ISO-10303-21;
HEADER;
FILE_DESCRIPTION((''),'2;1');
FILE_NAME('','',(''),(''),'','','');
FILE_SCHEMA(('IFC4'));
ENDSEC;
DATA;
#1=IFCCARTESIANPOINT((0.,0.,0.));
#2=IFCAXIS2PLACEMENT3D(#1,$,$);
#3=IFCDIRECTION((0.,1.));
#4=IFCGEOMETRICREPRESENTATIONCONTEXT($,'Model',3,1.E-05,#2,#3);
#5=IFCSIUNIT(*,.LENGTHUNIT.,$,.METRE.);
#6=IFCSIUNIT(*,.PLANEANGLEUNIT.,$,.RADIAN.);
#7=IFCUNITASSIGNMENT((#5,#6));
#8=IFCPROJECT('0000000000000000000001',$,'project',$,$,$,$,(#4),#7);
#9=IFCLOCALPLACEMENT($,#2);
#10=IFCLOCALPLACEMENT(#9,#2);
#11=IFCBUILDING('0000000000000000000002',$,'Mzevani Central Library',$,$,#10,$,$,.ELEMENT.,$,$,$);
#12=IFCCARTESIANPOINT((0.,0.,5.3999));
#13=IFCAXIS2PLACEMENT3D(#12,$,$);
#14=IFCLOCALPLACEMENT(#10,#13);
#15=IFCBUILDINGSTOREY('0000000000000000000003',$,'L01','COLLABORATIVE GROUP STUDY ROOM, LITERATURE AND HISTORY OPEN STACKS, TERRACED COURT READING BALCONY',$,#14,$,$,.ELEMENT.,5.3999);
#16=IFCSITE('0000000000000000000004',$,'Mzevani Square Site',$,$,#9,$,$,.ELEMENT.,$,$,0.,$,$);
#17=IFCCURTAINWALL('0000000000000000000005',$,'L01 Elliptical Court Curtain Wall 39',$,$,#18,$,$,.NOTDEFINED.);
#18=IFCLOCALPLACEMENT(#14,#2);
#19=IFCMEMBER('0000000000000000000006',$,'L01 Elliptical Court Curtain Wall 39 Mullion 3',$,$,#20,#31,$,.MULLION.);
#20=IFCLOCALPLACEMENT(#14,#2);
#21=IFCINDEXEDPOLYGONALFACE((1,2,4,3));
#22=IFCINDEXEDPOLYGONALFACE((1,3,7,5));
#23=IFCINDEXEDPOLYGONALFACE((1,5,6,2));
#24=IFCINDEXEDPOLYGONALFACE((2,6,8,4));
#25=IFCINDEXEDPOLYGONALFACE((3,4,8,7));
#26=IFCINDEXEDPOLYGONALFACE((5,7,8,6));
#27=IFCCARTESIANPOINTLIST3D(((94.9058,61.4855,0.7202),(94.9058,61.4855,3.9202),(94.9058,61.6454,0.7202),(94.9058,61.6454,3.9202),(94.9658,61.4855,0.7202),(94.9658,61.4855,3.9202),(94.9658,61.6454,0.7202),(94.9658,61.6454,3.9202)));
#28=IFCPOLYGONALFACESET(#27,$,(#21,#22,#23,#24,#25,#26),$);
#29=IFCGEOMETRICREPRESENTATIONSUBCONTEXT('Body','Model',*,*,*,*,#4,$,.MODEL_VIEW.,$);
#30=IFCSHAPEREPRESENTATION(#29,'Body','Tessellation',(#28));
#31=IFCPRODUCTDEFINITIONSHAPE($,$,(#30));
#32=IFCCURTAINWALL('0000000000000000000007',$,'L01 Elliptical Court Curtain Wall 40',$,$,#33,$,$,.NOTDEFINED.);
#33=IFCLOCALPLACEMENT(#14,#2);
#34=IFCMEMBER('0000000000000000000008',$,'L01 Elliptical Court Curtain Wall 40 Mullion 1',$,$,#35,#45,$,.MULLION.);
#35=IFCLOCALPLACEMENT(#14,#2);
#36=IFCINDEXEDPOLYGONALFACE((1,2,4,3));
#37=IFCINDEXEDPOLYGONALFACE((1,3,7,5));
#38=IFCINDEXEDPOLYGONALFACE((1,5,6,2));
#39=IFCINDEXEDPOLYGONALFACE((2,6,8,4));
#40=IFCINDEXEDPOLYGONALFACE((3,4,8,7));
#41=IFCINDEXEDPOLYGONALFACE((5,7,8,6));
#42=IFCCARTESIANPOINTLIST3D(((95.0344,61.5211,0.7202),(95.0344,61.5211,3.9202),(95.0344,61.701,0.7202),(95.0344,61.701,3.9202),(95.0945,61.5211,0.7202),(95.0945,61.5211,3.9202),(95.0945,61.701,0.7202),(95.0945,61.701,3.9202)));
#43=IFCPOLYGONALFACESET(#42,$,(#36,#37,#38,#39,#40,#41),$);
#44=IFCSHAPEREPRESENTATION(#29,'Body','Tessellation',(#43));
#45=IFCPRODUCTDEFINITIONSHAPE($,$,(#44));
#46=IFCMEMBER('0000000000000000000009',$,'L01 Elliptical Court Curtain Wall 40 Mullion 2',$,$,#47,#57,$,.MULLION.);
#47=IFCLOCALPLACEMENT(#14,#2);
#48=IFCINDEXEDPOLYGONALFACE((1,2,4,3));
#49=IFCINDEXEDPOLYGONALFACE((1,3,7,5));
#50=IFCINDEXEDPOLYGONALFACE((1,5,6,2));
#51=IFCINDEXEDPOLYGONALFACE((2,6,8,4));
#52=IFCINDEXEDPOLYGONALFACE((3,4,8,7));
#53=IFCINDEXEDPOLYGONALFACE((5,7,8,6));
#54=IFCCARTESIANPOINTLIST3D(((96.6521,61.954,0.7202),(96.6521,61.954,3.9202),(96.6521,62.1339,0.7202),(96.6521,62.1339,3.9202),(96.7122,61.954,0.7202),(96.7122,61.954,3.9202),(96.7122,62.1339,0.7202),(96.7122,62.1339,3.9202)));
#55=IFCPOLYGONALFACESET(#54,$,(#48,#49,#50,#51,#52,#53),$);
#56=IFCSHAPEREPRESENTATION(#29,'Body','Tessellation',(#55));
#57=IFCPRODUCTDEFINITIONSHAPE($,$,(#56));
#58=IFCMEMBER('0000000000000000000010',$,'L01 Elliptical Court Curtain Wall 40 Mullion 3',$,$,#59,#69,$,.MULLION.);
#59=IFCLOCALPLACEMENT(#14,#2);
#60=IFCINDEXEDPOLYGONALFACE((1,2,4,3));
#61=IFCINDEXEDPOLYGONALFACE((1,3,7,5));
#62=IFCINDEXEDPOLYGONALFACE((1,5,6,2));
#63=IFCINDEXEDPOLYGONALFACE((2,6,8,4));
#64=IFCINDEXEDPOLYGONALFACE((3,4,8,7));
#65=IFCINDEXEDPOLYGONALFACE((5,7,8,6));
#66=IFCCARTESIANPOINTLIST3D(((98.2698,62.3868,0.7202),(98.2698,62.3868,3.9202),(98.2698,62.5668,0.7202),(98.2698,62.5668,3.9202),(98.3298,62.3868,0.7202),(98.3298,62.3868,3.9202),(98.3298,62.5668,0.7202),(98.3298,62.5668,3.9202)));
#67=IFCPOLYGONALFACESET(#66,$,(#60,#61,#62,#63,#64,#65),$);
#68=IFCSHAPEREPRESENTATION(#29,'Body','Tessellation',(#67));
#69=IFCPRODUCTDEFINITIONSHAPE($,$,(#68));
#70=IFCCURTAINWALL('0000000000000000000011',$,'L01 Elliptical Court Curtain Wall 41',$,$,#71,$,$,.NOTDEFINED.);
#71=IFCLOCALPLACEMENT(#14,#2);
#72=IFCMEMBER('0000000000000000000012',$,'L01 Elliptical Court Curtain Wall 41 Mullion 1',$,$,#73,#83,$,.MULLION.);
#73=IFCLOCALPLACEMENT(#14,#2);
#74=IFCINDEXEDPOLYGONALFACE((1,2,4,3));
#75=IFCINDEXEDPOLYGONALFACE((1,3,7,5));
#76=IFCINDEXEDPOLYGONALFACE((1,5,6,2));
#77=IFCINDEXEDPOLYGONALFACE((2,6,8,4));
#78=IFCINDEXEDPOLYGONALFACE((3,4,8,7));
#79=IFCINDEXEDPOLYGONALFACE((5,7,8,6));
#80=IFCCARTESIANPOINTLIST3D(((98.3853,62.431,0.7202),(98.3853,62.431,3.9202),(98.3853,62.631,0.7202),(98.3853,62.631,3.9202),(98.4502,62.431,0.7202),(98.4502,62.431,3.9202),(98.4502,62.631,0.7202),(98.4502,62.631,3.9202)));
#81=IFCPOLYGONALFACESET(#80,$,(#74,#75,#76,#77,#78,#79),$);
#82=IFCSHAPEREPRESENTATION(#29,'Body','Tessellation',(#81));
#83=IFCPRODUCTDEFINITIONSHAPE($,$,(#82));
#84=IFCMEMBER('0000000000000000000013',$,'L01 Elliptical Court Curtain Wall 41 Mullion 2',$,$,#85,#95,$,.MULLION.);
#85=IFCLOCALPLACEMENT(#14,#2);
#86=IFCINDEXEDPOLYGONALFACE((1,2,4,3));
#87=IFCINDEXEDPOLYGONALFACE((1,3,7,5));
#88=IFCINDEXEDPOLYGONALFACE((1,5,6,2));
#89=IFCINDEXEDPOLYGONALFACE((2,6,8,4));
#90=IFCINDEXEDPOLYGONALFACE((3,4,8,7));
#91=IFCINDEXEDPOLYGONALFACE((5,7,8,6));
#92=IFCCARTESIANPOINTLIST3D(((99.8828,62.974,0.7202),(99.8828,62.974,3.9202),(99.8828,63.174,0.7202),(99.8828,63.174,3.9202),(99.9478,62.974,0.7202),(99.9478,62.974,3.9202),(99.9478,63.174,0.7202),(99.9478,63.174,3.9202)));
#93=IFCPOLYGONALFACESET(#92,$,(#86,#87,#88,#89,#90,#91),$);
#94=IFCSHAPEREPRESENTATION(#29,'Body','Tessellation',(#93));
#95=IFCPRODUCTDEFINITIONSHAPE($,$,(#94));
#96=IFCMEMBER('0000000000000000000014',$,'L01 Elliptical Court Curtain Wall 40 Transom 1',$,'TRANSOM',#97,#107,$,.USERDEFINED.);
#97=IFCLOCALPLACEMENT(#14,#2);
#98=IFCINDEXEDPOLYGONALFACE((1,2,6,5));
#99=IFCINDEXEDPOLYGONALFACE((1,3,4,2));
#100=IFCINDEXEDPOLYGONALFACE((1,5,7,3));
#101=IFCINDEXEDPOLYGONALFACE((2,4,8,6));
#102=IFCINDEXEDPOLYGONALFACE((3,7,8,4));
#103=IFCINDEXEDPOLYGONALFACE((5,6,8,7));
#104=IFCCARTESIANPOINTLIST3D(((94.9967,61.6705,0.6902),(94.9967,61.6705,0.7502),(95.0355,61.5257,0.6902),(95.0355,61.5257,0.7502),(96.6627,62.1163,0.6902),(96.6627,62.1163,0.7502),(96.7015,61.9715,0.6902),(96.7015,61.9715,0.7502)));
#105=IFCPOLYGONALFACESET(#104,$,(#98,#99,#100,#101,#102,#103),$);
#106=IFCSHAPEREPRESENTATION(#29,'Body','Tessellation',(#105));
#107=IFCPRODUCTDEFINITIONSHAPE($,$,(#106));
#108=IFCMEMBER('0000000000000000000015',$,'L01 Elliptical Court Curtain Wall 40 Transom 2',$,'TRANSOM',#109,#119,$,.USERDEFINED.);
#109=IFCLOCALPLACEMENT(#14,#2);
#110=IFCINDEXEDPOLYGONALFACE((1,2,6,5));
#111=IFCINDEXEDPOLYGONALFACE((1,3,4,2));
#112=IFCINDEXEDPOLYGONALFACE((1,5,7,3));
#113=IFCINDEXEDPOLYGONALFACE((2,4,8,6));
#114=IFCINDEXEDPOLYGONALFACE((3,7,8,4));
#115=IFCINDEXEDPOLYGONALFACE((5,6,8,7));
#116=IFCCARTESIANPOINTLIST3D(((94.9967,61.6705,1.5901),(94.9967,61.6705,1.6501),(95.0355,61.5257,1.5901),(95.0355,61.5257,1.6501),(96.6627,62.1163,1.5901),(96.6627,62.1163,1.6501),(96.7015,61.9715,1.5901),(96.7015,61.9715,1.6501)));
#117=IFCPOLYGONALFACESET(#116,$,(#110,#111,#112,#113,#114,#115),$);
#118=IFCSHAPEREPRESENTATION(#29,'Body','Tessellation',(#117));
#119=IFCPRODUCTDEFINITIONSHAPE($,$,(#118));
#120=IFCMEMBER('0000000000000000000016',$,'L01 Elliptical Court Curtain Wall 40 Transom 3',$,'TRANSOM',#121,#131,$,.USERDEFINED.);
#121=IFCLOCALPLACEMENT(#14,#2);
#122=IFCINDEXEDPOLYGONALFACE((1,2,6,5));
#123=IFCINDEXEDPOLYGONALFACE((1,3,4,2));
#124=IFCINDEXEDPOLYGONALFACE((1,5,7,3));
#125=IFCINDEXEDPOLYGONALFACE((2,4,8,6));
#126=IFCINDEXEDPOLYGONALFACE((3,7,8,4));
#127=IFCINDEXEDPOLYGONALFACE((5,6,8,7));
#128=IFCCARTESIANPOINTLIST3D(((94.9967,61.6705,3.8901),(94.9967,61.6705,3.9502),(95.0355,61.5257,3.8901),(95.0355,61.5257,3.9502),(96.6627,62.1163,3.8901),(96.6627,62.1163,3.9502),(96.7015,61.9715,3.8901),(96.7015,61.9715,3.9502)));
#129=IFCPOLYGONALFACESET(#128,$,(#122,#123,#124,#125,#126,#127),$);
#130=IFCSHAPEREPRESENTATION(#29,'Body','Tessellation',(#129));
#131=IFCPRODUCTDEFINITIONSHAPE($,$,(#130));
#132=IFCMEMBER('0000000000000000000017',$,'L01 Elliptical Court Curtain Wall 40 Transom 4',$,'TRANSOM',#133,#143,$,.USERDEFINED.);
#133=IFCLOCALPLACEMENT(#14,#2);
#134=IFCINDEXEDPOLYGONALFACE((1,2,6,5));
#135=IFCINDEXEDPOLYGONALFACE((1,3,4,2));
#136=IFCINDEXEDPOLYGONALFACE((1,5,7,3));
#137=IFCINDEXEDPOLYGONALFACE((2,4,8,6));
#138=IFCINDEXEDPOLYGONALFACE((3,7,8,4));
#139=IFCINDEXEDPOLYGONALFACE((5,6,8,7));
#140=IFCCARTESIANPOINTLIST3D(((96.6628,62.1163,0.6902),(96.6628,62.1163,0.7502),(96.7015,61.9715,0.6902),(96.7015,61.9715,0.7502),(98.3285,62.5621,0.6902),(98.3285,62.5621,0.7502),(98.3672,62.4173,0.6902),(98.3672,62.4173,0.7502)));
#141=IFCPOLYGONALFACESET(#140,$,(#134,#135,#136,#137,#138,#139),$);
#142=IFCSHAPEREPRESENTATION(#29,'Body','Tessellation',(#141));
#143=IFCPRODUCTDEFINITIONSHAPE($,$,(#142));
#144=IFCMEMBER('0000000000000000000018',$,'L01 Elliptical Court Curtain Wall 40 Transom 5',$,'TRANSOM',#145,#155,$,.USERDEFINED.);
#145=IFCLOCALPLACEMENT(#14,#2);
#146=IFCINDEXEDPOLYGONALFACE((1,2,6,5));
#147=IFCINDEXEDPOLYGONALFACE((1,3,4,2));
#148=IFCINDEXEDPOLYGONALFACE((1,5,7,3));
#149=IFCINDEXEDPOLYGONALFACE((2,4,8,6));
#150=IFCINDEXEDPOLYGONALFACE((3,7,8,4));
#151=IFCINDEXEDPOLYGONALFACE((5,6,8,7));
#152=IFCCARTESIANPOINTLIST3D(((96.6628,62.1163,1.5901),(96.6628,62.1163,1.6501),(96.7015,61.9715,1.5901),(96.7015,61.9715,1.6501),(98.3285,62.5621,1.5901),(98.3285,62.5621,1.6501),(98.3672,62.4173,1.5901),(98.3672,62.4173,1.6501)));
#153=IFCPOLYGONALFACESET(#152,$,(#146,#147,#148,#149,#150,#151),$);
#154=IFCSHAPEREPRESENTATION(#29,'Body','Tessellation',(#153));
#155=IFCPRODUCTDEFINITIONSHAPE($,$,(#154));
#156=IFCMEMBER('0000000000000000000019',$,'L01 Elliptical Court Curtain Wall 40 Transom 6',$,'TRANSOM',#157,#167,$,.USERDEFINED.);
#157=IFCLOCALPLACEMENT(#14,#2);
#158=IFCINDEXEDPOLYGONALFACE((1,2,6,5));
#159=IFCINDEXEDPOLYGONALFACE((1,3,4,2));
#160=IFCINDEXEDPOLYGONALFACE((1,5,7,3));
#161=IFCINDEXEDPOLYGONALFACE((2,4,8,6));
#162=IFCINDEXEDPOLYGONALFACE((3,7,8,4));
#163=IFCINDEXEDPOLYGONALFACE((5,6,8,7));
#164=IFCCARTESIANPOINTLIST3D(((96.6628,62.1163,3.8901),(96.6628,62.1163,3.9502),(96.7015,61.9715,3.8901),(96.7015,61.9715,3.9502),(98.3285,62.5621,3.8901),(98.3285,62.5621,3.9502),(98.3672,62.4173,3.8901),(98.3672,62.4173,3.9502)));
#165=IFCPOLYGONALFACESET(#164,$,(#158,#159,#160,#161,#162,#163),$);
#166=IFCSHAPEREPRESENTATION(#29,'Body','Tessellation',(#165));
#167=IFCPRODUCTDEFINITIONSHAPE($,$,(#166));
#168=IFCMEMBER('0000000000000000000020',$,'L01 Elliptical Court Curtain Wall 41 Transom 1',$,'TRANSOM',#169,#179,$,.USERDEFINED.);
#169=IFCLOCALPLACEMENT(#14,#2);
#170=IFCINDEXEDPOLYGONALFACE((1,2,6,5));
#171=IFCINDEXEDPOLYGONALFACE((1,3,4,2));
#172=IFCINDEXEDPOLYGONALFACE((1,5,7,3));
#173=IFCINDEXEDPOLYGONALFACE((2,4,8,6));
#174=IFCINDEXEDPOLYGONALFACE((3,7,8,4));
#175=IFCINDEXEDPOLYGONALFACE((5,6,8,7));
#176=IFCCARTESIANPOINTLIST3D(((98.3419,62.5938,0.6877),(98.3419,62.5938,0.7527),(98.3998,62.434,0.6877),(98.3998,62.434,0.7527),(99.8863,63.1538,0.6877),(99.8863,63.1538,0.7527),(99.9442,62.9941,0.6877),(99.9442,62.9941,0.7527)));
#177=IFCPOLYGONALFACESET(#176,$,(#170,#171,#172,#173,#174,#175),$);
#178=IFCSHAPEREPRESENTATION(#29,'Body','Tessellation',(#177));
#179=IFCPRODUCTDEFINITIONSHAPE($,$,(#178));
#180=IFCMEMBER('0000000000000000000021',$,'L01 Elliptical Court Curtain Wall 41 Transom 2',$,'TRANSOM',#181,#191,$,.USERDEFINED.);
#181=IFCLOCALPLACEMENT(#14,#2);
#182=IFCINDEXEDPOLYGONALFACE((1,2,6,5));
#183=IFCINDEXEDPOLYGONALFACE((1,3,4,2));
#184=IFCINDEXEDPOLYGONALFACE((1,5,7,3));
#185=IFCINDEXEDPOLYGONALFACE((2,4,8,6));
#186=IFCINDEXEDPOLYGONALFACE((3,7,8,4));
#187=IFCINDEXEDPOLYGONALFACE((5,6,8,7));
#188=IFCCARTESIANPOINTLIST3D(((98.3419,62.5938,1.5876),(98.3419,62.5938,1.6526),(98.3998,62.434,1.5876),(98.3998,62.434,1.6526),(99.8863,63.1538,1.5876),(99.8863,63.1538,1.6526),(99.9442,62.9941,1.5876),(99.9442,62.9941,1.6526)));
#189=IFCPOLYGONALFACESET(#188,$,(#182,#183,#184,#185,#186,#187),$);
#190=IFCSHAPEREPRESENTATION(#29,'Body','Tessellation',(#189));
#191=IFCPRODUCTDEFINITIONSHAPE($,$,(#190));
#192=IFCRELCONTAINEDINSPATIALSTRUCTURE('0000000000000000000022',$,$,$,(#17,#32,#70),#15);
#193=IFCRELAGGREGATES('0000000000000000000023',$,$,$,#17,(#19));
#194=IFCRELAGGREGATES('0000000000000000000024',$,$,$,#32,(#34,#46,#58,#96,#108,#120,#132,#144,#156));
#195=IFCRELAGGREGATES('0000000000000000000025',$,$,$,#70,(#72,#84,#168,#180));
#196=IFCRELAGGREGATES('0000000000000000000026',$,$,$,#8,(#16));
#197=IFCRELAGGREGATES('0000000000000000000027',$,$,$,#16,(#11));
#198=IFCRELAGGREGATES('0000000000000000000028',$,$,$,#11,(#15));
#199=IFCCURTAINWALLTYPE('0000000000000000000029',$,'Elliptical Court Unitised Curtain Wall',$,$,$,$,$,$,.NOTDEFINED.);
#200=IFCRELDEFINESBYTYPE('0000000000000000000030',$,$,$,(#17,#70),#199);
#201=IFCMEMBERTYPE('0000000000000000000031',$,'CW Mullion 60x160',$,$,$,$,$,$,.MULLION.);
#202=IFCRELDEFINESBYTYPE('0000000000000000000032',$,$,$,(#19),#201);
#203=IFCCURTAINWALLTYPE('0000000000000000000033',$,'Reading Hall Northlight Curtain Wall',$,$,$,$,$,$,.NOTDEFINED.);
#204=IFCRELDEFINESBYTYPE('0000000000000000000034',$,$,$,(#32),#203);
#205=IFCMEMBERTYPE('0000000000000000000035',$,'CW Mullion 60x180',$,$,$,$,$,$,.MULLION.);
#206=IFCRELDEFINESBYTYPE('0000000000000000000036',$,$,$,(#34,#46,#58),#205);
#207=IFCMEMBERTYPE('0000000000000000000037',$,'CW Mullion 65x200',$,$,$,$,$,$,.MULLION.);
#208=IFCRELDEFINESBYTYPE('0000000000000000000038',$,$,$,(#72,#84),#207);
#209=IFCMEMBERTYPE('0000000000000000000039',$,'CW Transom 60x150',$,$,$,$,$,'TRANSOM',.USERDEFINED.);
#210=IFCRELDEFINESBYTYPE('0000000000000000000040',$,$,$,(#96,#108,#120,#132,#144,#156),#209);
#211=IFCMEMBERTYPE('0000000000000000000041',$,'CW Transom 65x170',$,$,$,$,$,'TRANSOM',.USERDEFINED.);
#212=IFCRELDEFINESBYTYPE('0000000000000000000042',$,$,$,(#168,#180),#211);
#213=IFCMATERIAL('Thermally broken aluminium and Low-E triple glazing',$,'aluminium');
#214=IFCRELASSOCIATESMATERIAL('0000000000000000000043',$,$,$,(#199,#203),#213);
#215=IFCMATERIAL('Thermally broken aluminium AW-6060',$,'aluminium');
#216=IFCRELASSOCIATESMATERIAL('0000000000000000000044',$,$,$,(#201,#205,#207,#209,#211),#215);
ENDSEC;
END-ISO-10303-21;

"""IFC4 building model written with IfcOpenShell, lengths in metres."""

from ifc_helpers import new_model, si_unit, direction, frame, origin, origin_2d, place, context, subcontext, project, spatial, rectangle, extrude, material, material_profile, profile_set, type_object, element, aggregate, save


model = new_model("IFC4")

# Units and contexts
model_context = context("Model", 3, precision=1e-05, world=origin(), true_north=direction((0.0, 1.0)))
body_context = subcontext(model_context, "Body", "Model", "MODEL_VIEW")
ifc_project = project(units=[si_unit("LENGTHUNIT", "METRE"), si_unit("PLANEANGLEUNIT", "RADIAN")], contexts=[model_context])

# Site, building, storey
site_placement = place(None, origin())
site = spatial("IfcSite", under=ifc_project, at=site_placement, Name="Mzevani Square Site", CompositionType="ELEMENT", RefElevation=0.0)
building_placement = place(site_placement, origin())
building = spatial("IfcBuilding", under=site, at=building_placement, Name="Mzevani Central Library", CompositionType="ELEMENT")
storey_placement = place(building_placement, frame((0.0, 0.0, 5.3999)))
storey = spatial("IfcBuildingStorey", under=building, at=storey_placement, Name="L01", Description="COLLABORATIVE GROUP STUDY ROOM, LITERATURE AND HISTORY OPEN STACKS, TERRACED COURT READING BALCONY", CompositionType="ELEMENT", Elevation=5.3999)

# Curtain wall, member
ifc_material_1 = material(Name="Thermally broken aluminium and Low-E triple glazing", Category="aluminium")
curtain_wall_type_1 = type_object("IfcCurtainWallType", Name="Elliptical Court Unitised Curtain Wall", PredefinedType="NOTDEFINED", material=ifc_material_1)
curtain_wall_1_placement = place(storey_placement, origin())
curtain_wall_1 = element("IfcCurtainWall", 1, at=curtain_wall_1_placement, inside=storey, type_object=curtain_wall_type_1, Name="L01 Elliptical Court Curtain Wall 39", PredefinedType="NOTDEFINED")
ifc_material_2 = material(Name="Thermally broken aluminium AW-6060", Category="aluminium")
ifc_material_profile_1 = material_profile(ifc_material_2, rectangle(XDim=0.0601, YDim=0.1599, at=origin_2d()), Name="ALU M60x160")
ifc_profile_set_1 = profile_set([ifc_material_profile_1], Name="Thermally broken aluminium AW-6060")
member_type_1 = type_object("IfcMemberType", Name="CW Mullion 60x160", PredefinedType="MULLION", material=ifc_profile_set_1)
member_1_placement = place(storey_placement, frame((94.9358, 61.5654, 0.7202), z_axis=(0.0, 0.0, 1.0), x_axis=(1.0, 0.0, 0.0)))
member_1 = element("IfcMember", 2, at=member_1_placement, type_object=member_type_1, Name="L01 Elliptical Court Curtain Wall 39 Mullion 3", PredefinedType="MULLION", context=body_context, shape_type="SweptSolid", body=[
    extrude(rectangle(XDim=0.0601, YDim=0.1599, at=origin_2d()), origin(), (0.0, 0.0, 1.0), 3.2),
])
aggregate(curtain_wall_1, [member_1])

# Curtain walls, members
curtain_wall_type_2 = type_object("IfcCurtainWallType", Name="Reading Hall Northlight Curtain Wall", PredefinedType="NOTDEFINED", material=ifc_material_1)
curtain_wall_2_placement = place(storey_placement, origin())
curtain_wall_2 = element("IfcCurtainWall", 3, at=curtain_wall_2_placement, inside=storey, type_object=curtain_wall_type_2, Name="L01 Elliptical Court Curtain Wall 40", PredefinedType="NOTDEFINED")
ifc_material_profile_2 = material_profile(ifc_material_2, rectangle(XDim=0.0601, YDim=0.1799, at=origin_2d()), Name="ALU M60x180")
ifc_profile_set_2 = profile_set([ifc_material_profile_2], Name="Thermally broken aluminium AW-6060")
member_type_2 = type_object("IfcMemberType", Name="CW Mullion 60x180", PredefinedType="MULLION", material=ifc_profile_set_2)
member_2_placement = place(storey_placement, frame((95.0645, 61.6111, 0.7202), z_axis=(0.0, 0.0, 1.0), x_axis=(1.0, 0.0, 0.0)))
member_2 = element("IfcMember", 4, at=member_2_placement, type_object=member_type_2, Name="L01 Elliptical Court Curtain Wall 40 Mullion 1", PredefinedType="MULLION", context=body_context, shape_type="SweptSolid", body=[
    extrude(rectangle(XDim=0.0601, YDim=0.1799, at=origin_2d()), origin(), (0.0, 0.0, 1.0), 3.2),
])
member_3_placement = place(storey_placement, frame((96.6821, 62.0439, 0.7202), z_axis=(0.0, 0.0, 1.0), x_axis=(1.0, 0.0, 0.0)))
member_3 = element("IfcMember", 5, at=member_3_placement, type_object=member_type_2, Name="L01 Elliptical Court Curtain Wall 40 Mullion 2", PredefinedType="MULLION", context=body_context, shape_type="SweptSolid", body=[
    extrude(rectangle(XDim=0.0601, YDim=0.1799, at=origin_2d()), origin(), (0.0, 0.0, 1.0), 3.2),
])
member_4_placement = place(storey_placement, frame((98.2998, 62.4768, 0.7202), z_axis=(0.0, 0.0, 1.0), x_axis=(1.0, 0.0, 0.0)))
member_4 = element("IfcMember", 6, at=member_4_placement, type_object=member_type_2, Name="L01 Elliptical Court Curtain Wall 40 Mullion 3", PredefinedType="MULLION", context=body_context, shape_type="SweptSolid", body=[
    extrude(rectangle(XDim=0.0601, YDim=0.1799, at=origin_2d()), origin(), (0.0, 0.0, 1.0), 3.2),
])
curtain_wall_3_placement = place(storey_placement, origin())
curtain_wall_3 = element("IfcCurtainWall", 7, at=curtain_wall_3_placement, inside=storey, type_object=curtain_wall_type_1, Name="L01 Elliptical Court Curtain Wall 41", PredefinedType="NOTDEFINED")
ifc_material_profile_3 = material_profile(ifc_material_2, rectangle(XDim=0.0649, YDim=0.2, at=origin_2d()), Name="ALU M65x200")
ifc_profile_set_3 = profile_set([ifc_material_profile_3], Name="Thermally broken aluminium AW-6060")
member_type_3 = type_object("IfcMemberType", Name="CW Mullion 65x200", PredefinedType="MULLION", material=ifc_profile_set_3)
member_5_placement = place(storey_placement, frame((98.4177, 62.531, 0.7202), z_axis=(0.0, 0.0, 1.0), x_axis=(1.0, 0.0, 0.0)))
member_5 = element("IfcMember", 8, at=member_5_placement, type_object=member_type_3, Name="L01 Elliptical Court Curtain Wall 41 Mullion 1", PredefinedType="MULLION", context=body_context, shape_type="SweptSolid", body=[
    extrude(rectangle(XDim=0.0649, YDim=0.2, at=origin_2d()), origin(), (0.0, 0.0, 1.0), 3.2),
])
member_6_placement = place(storey_placement, frame((99.9153, 63.074, 0.7202), z_axis=(0.0, 0.0, 1.0), x_axis=(1.0, 0.0, 0.0)))
member_6 = element("IfcMember", 9, at=member_6_placement, type_object=member_type_3, Name="L01 Elliptical Court Curtain Wall 41 Mullion 2", PredefinedType="MULLION", context=body_context, shape_type="SweptSolid", body=[
    extrude(rectangle(XDim=0.0649, YDim=0.2, at=origin_2d()), origin(), (0.0, 0.0, 1.0), 3.2),
])

# Members
ifc_material_profile_4 = material_profile(ifc_material_2, rectangle(XDim=0.1499, YDim=0.0601, at=origin_2d()), Name="ALU T60x150")
ifc_profile_set_4 = profile_set([ifc_material_profile_4], Name="Thermally broken aluminium AW-6060")
member_type_4 = type_object("IfcMemberType", Name="CW Transom 60x150", ElementType="TRANSOM", PredefinedType="USERDEFINED", material=ifc_profile_set_4)
member_7_placement = place(storey_placement, frame((95.0161, 61.5981, 0.7202), z_axis=(0.966014, 0.258491, 0.0), x_axis=(-0.258491, 0.966014, 0.0)))
member_7 = element("IfcMember", 10, at=member_7_placement, type_object=member_type_4, Name="L01 Elliptical Court Curtain Wall 40 Transom 1", ObjectType="TRANSOM", PredefinedType="USERDEFINED", context=body_context, shape_type="SweptSolid", body=[
    extrude(rectangle(XDim=0.1499, YDim=0.0601, at=origin_2d()), origin(), (0.0, 0.0, 1.0), 1.7246),
])
member_8_placement = place(storey_placement, frame((95.0161, 61.5981, 1.6201), z_axis=(0.966014, 0.258491, 0.0), x_axis=(-0.258491, 0.966014, 0.0)))
member_8 = element("IfcMember", 11, at=member_8_placement, type_object=member_type_4, Name="L01 Elliptical Court Curtain Wall 40 Transom 2", ObjectType="TRANSOM", PredefinedType="USERDEFINED", context=body_context, shape_type="SweptSolid", body=[
    extrude(rectangle(XDim=0.1499, YDim=0.0601, at=origin_2d()), origin(), (0.0, 0.0, 1.0), 1.7246),
])
member_9_placement = place(storey_placement, frame((95.0161, 61.5981, 3.9202), z_axis=(0.966014, 0.258491, 0.0), x_axis=(-0.258491, 0.966014, 0.0)))
member_9 = element("IfcMember", 12, at=member_9_placement, type_object=member_type_4, Name="L01 Elliptical Court Curtain Wall 40 Transom 3", ObjectType="TRANSOM", PredefinedType="USERDEFINED", context=body_context, shape_type="SweptSolid", body=[
    extrude(rectangle(XDim=0.1499, YDim=0.0601, at=origin_2d()), origin(), (0.0, 0.0, 1.0), 1.7246),
])
member_10_placement = place(storey_placement, frame((96.6821, 62.0439, 0.7202), z_axis=(0.966004, 0.258526, 0.0), x_axis=(-0.258526, 0.966004, 0.0)))
member_10 = element("IfcMember", 13, at=member_10_placement, type_object=member_type_4, Name="L01 Elliptical Court Curtain Wall 40 Transom 4", ObjectType="TRANSOM", PredefinedType="USERDEFINED", context=body_context, shape_type="SweptSolid", body=[
    extrude(rectangle(XDim=0.1499, YDim=0.0601, at=origin_2d()), origin(), (0.0, 0.0, 1.0), 1.7244),
])
member_11_placement = place(storey_placement, frame((96.6821, 62.0439, 1.6201), z_axis=(0.966004, 0.258526, 0.0), x_axis=(-0.258526, 0.966004, 0.0)))
member_11 = element("IfcMember", 14, at=member_11_placement, type_object=member_type_4, Name="L01 Elliptical Court Curtain Wall 40 Transom 5", ObjectType="TRANSOM", PredefinedType="USERDEFINED", context=body_context, shape_type="SweptSolid", body=[
    extrude(rectangle(XDim=0.1499, YDim=0.0601, at=origin_2d()), origin(), (0.0, 0.0, 1.0), 1.7244),
])
member_12_placement = place(storey_placement, frame((96.6821, 62.0439, 3.9202), z_axis=(0.966004, 0.258526, 0.0), x_axis=(-0.258526, 0.966004, 0.0)))
member_12 = element("IfcMember", 15, at=member_12_placement, type_object=member_type_4, Name="L01 Elliptical Court Curtain Wall 40 Transom 6", ObjectType="TRANSOM", PredefinedType="USERDEFINED", context=body_context, shape_type="SweptSolid", body=[
    extrude(rectangle(XDim=0.1499, YDim=0.0601, at=origin_2d()), origin(), (0.0, 0.0, 1.0), 1.7244),
])
ifc_material_profile_5 = material_profile(ifc_material_2, rectangle(XDim=0.1699, YDim=0.0649, at=origin_2d()), Name="ALU T65x170")
ifc_profile_set_5 = profile_set([ifc_material_profile_5], Name="Thermally broken aluminium AW-6060")
member_type_5 = type_object("IfcMemberType", Name="CW Transom 65x170", ElementType="TRANSOM", PredefinedType="USERDEFINED", material=ifc_profile_set_5)
member_13_placement = place(storey_placement, frame((98.3708, 62.5139, 0.7202), z_axis=(0.940097, 0.340908, 0.0), x_axis=(-0.340908, 0.940097, 0.0)))
member_13 = element("IfcMember", 16, at=member_13_placement, type_object=member_type_5, Name="L01 Elliptical Court Curtain Wall 41 Transom 1", ObjectType="TRANSOM", PredefinedType="USERDEFINED", context=body_context, shape_type="SweptSolid", body=[
    extrude(rectangle(XDim=0.1699, YDim=0.0649, at=origin_2d()), origin(), (0.0, 0.0, 1.0), 1.6428),
])
member_14_placement = place(storey_placement, frame((98.3708, 62.5139, 1.6201), z_axis=(0.940097, 0.340908, 0.0), x_axis=(-0.340908, 0.940097, 0.0)))
member_14 = element("IfcMember", 17, at=member_14_placement, type_object=member_type_5, Name="L01 Elliptical Court Curtain Wall 41 Transom 2", ObjectType="TRANSOM", PredefinedType="USERDEFINED", context=body_context, shape_type="SweptSolid", body=[
    extrude(rectangle(XDim=0.1699, YDim=0.0649, at=origin_2d()), origin(), (0.0, 0.0, 1.0), 1.6428),
])

aggregate(curtain_wall_2, [member_2, member_3, member_4, member_7, member_8, member_9, member_10, member_11, member_12])
aggregate(curtain_wall_3, [member_5, member_6, member_13, member_14])

save(model, "model.ifc")
